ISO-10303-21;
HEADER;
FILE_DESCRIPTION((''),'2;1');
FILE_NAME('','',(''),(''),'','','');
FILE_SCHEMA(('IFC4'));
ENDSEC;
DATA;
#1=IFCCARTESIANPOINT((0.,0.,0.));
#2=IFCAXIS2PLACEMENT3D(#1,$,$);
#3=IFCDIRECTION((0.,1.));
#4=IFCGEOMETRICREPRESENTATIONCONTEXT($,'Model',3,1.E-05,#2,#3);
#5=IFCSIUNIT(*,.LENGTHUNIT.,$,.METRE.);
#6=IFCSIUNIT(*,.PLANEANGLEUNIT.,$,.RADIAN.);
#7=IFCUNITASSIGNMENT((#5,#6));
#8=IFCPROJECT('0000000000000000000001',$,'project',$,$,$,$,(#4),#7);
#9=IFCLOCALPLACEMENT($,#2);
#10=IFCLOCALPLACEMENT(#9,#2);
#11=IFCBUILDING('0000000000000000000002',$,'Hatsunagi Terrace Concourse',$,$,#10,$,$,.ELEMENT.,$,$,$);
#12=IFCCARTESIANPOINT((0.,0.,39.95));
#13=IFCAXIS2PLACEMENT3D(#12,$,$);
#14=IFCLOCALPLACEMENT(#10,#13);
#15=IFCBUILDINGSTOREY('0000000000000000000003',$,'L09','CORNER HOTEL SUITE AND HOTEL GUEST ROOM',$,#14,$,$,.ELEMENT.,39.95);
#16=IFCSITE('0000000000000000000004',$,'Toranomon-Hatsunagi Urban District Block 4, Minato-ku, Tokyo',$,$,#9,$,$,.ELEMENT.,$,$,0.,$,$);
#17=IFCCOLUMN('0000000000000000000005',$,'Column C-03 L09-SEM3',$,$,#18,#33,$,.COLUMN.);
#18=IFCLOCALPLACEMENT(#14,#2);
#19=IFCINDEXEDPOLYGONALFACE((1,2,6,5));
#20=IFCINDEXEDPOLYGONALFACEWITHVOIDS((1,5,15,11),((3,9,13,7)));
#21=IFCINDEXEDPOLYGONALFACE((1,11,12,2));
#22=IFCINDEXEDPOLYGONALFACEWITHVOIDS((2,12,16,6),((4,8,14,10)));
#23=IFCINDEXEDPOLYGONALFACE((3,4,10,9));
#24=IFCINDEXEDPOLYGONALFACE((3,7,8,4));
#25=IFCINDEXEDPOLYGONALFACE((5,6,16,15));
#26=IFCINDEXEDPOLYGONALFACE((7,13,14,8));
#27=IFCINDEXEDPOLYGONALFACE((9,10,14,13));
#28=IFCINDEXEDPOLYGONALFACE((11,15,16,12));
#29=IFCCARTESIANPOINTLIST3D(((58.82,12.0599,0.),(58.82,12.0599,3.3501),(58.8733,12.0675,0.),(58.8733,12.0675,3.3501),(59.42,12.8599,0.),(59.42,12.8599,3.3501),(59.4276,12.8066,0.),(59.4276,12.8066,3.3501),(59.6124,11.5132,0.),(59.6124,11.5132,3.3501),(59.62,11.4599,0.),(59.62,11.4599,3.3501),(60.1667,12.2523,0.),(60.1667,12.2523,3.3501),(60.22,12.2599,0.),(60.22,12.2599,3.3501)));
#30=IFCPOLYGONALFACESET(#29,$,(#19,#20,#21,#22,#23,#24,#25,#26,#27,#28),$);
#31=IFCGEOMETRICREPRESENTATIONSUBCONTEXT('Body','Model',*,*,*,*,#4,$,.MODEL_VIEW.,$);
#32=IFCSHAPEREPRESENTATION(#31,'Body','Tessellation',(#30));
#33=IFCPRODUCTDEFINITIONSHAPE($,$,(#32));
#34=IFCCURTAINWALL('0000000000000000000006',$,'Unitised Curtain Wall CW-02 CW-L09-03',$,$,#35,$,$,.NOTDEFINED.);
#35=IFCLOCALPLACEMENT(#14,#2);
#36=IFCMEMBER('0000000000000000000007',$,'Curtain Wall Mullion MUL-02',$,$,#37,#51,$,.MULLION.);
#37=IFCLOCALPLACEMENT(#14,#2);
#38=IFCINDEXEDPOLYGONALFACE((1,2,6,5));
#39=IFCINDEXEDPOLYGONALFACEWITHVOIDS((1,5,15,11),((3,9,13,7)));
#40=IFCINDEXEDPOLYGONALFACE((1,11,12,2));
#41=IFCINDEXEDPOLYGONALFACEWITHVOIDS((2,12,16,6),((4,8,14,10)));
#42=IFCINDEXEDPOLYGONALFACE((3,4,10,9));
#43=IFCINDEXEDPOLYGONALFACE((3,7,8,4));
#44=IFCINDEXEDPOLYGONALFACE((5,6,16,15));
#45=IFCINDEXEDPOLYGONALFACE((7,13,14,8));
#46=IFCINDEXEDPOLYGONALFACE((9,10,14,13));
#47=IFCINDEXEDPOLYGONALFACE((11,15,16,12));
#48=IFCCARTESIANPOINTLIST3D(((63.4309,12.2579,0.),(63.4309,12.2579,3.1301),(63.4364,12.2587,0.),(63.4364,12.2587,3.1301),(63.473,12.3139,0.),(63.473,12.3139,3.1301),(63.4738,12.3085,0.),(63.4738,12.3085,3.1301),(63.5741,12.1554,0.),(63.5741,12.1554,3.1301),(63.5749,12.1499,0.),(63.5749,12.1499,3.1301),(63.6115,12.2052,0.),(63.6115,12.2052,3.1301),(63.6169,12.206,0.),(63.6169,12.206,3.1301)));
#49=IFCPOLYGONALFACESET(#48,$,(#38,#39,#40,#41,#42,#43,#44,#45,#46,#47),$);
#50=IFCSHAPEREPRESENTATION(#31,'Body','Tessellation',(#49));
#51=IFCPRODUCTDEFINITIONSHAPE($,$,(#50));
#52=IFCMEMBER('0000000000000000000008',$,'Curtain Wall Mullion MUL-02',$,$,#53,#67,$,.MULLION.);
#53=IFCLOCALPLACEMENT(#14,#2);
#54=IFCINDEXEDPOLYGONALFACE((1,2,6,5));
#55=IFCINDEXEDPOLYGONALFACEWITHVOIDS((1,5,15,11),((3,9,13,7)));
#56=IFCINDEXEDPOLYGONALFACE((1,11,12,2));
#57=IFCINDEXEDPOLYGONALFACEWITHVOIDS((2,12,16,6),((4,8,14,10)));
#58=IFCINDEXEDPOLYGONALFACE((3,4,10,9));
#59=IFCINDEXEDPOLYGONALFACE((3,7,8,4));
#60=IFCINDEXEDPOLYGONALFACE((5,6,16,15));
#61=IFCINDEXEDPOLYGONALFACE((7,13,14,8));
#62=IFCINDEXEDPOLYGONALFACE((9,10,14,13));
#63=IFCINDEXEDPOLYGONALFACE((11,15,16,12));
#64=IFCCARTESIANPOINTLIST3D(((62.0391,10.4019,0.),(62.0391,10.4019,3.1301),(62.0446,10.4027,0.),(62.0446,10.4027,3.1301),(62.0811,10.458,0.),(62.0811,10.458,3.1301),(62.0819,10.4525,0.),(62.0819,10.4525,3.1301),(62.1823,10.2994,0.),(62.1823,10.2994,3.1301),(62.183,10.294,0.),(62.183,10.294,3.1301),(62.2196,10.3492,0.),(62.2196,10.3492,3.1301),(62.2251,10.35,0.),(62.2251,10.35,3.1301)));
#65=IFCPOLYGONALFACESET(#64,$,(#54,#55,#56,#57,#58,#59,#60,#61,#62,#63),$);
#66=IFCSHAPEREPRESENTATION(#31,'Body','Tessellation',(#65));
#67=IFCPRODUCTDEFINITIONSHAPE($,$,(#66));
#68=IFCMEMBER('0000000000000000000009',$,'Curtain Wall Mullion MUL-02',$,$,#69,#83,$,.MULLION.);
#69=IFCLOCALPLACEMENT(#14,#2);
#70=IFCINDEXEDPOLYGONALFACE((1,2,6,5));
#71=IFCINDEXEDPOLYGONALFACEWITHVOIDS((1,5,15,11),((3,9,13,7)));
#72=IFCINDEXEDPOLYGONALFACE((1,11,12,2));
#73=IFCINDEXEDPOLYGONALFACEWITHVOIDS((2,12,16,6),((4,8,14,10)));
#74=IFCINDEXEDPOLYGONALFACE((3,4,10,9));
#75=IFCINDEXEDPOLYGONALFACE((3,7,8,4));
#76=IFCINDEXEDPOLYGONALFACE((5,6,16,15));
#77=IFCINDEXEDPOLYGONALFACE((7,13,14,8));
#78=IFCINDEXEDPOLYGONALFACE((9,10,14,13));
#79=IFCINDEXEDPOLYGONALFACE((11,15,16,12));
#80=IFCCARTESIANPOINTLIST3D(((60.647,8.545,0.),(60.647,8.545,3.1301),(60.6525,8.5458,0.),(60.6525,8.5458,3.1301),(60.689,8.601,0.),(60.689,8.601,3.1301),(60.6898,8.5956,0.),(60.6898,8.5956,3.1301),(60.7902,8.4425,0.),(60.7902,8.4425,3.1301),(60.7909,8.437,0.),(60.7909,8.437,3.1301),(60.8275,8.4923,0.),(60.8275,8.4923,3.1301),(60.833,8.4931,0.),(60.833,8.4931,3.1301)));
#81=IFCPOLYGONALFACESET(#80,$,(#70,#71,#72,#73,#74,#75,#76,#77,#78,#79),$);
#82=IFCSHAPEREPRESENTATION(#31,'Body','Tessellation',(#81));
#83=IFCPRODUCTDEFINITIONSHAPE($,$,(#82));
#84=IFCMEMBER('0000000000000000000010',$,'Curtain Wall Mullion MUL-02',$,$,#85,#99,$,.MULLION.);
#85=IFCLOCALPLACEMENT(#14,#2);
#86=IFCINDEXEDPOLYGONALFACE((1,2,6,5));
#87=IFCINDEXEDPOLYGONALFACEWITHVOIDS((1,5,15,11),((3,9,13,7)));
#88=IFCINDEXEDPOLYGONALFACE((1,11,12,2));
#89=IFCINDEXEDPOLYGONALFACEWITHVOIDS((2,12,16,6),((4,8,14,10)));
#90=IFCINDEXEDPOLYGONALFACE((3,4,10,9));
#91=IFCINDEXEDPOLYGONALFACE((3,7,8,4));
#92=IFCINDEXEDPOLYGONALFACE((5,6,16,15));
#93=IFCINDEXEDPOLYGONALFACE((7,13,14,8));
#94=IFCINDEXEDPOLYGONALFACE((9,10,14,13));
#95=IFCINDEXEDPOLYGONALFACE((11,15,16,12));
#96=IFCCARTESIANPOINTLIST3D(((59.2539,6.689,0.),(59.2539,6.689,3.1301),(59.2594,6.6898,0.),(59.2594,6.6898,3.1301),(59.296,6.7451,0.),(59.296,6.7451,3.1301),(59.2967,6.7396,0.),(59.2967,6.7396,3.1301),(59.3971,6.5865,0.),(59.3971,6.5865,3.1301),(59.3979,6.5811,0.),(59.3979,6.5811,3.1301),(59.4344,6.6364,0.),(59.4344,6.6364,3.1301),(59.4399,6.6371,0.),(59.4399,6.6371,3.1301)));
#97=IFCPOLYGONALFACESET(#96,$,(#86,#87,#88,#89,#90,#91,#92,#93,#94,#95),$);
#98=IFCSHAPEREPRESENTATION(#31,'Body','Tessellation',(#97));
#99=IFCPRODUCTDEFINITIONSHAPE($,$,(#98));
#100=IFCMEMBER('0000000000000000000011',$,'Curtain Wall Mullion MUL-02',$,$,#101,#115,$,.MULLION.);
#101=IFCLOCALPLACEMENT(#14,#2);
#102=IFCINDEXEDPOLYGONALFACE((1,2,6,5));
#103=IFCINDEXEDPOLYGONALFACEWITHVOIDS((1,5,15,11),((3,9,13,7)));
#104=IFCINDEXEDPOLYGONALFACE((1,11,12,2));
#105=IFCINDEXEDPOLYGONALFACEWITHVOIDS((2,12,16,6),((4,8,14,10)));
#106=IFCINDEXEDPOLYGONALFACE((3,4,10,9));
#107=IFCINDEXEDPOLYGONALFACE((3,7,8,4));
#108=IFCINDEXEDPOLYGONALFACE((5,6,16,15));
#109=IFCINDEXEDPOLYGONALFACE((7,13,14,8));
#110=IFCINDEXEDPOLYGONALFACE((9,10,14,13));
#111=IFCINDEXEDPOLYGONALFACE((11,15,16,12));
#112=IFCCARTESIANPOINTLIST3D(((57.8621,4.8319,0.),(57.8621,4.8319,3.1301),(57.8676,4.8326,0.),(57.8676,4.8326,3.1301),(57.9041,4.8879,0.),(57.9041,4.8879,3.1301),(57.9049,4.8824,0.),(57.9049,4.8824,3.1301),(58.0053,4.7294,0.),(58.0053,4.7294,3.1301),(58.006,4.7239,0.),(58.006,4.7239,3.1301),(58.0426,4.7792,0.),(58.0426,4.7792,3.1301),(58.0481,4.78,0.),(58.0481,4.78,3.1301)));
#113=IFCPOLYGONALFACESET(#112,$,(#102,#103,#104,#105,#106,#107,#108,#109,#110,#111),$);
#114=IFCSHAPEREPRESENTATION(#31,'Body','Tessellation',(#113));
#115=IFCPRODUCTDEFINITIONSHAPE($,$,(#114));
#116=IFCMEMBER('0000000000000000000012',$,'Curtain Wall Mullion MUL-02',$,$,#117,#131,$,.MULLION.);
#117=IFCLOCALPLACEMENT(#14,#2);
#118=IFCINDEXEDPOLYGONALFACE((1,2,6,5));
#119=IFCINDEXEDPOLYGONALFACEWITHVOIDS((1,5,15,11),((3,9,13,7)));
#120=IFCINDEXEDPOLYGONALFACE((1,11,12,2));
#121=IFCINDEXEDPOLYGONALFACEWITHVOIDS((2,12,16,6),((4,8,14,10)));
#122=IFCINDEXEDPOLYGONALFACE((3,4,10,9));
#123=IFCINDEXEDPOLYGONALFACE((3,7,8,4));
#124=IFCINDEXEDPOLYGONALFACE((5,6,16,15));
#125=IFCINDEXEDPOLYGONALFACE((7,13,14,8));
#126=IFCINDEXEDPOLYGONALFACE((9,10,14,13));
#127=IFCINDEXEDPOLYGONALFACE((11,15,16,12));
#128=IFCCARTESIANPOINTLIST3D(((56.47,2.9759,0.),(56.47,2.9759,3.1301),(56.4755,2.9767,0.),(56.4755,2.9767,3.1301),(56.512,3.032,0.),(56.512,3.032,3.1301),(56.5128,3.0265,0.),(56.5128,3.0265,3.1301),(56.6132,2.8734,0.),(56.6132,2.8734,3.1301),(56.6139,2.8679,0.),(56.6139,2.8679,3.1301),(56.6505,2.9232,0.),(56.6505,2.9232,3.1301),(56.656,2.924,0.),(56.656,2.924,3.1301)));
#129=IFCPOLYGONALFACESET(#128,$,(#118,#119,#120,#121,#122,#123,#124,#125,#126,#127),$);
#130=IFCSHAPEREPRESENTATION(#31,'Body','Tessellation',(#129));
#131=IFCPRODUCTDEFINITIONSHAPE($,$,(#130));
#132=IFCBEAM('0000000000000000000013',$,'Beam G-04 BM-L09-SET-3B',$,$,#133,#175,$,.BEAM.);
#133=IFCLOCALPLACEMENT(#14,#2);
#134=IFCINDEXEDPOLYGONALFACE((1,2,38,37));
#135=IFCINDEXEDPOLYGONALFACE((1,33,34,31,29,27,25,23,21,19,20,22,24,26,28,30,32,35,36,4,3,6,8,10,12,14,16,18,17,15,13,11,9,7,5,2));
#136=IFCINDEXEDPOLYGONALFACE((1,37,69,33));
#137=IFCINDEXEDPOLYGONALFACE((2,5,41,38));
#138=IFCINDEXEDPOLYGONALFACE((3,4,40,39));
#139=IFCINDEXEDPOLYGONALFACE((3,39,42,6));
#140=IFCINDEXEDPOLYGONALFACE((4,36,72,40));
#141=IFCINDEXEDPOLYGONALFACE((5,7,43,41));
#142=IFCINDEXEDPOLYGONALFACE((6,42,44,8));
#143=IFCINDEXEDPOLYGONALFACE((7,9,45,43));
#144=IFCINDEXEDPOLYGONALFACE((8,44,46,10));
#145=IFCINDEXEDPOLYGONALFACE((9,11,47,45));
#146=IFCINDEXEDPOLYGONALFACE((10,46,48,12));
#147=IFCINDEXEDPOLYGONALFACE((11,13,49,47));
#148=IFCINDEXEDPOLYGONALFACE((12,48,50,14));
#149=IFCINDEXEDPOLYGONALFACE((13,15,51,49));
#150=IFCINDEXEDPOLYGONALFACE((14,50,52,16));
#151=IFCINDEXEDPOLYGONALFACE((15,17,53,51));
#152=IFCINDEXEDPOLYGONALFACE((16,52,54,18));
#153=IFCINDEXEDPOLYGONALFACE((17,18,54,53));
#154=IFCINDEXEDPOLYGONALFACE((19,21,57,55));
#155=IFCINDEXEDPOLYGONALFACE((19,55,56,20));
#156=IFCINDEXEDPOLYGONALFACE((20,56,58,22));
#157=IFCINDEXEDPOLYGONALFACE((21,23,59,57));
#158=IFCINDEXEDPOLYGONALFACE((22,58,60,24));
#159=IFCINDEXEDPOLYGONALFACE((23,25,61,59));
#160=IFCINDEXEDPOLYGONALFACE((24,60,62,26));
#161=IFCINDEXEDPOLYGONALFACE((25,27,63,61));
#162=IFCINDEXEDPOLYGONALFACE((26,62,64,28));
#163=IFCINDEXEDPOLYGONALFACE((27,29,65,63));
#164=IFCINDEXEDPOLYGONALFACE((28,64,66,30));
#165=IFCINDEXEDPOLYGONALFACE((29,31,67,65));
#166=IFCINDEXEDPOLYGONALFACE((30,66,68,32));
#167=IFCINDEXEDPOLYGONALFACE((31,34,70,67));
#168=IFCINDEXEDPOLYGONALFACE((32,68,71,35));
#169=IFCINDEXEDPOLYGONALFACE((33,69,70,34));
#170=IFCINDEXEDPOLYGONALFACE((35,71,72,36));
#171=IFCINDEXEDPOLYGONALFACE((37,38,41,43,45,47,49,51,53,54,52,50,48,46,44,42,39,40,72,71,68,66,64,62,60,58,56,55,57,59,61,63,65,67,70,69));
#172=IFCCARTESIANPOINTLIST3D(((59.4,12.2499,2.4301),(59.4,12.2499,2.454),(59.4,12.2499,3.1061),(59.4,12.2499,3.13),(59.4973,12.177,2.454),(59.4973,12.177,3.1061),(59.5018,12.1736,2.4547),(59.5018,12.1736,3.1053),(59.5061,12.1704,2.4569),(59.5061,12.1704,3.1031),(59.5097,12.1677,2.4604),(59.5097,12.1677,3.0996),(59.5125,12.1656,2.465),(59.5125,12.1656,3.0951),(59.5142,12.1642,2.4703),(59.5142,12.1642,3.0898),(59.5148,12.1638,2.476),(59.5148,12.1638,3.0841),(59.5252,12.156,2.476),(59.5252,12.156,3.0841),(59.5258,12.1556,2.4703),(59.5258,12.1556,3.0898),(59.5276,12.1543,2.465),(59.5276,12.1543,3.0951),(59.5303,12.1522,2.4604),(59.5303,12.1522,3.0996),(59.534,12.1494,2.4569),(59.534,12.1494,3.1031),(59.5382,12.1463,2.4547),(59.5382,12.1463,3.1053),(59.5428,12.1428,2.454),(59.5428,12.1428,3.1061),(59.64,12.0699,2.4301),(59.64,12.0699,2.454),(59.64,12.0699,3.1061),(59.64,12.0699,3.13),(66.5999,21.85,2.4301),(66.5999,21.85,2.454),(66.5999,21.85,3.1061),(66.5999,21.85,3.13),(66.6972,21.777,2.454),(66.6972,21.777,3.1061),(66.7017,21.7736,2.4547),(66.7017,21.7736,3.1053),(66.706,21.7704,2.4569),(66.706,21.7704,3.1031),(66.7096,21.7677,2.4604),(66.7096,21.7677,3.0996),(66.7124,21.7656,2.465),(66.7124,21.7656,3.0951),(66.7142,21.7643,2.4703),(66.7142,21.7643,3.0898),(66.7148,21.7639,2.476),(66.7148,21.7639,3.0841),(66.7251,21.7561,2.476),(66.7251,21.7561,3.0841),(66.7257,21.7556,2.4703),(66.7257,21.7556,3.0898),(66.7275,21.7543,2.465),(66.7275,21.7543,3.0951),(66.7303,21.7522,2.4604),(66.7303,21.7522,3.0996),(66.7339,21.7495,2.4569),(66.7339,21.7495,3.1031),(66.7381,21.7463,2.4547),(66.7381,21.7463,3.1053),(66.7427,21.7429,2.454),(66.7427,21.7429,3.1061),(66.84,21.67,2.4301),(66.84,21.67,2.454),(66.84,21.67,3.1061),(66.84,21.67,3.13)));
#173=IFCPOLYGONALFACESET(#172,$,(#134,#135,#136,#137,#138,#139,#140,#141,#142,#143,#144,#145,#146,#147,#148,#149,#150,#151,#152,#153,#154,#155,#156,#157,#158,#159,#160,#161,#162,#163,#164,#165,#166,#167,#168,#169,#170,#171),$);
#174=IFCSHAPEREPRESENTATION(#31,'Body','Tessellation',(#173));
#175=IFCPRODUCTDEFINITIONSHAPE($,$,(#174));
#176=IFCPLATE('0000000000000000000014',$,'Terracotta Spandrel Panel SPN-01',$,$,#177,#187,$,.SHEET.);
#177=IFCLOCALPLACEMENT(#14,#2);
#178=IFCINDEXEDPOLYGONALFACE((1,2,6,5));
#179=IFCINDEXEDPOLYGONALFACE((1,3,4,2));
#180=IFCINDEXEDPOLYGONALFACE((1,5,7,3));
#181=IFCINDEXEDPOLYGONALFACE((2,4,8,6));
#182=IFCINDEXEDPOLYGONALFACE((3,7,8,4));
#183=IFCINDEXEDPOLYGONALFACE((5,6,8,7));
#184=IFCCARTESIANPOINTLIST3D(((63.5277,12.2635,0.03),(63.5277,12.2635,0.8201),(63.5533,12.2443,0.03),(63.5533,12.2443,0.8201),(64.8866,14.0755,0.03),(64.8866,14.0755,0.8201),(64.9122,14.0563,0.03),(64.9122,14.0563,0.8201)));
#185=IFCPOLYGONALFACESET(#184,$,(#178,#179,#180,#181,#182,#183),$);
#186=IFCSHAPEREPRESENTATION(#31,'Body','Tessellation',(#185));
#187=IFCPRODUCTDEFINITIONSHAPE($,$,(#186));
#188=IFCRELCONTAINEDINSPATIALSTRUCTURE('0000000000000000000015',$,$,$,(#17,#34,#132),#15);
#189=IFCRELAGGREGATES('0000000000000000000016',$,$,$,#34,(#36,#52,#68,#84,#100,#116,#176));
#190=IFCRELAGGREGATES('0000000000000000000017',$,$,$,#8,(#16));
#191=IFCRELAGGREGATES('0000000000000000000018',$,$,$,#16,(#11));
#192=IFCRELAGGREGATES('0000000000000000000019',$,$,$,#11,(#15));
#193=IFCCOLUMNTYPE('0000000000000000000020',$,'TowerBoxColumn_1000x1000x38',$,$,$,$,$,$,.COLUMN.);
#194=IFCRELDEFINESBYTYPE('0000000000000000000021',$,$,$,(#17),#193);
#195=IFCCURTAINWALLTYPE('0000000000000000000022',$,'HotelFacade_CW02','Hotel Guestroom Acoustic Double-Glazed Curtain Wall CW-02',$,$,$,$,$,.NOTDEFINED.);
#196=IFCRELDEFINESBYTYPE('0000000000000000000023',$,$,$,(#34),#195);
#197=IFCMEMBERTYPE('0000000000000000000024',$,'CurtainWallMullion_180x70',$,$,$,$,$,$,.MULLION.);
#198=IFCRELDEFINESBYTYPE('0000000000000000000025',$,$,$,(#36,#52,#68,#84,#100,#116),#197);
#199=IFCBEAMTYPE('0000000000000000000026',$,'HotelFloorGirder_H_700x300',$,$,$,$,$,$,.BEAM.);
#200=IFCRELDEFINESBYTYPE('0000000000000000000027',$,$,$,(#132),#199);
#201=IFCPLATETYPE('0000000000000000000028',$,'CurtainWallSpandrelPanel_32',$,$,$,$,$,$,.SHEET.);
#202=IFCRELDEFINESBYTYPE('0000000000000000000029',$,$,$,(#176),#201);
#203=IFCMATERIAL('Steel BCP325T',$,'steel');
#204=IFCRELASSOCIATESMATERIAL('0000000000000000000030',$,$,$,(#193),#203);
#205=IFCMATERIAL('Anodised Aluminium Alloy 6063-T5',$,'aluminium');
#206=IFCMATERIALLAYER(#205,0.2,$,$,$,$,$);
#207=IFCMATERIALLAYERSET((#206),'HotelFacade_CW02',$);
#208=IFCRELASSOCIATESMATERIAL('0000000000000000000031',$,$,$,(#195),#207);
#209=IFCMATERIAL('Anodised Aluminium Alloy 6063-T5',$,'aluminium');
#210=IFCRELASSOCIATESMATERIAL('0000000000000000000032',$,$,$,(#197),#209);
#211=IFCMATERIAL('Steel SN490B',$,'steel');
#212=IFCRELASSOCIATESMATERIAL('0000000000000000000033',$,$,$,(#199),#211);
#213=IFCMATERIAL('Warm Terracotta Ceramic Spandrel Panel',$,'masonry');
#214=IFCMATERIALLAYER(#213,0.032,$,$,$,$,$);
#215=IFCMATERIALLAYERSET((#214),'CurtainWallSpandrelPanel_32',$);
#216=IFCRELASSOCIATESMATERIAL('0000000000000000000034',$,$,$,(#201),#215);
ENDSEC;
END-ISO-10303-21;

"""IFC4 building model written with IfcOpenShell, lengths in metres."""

from ifc_helpers import new_model, si_unit, direction, frame, origin, origin_2d, place, context, subcontext, project, spatial, rectangle, hollow_rectangle, i_section, extrude, material, layer, layer_set, material_profile, profile_set, type_object, element, aggregate, save


model = new_model("IFC4")

# Units and contexts
model_context = context("Model", 3, precision=1e-05, world=origin(), true_north=direction((0.0, 1.0)))
body_context = subcontext(model_context, "Body", "Model", "MODEL_VIEW")
ifc_project = project(units=[si_unit("LENGTHUNIT", "METRE"), si_unit("PLANEANGLEUNIT", "RADIAN")], contexts=[model_context])

# Site, building, storey
site_placement = place(None, origin())
site = spatial("IfcSite", under=ifc_project, at=site_placement, Name="Toranomon-Hatsunagi Urban District Block 4, Minato-ku, Tokyo", CompositionType="ELEMENT", RefElevation=0.0)
building_placement = place(site_placement, origin())
building = spatial("IfcBuilding", under=site, at=building_placement, Name="Hatsunagi Terrace Concourse", CompositionType="ELEMENT")
storey_placement = place(building_placement, frame((0.0, 0.0, 39.95)))
storey = spatial("IfcBuildingStorey", under=building, at=storey_placement, Name="L09", Description="CORNER HOTEL SUITE AND HOTEL GUEST ROOM", CompositionType="ELEMENT", Elevation=39.95)

# Column
ifc_material_1 = material(Name="Steel BCP325T", Category="steel")
ifc_material_profile_1 = material_profile(ifc_material_1, hollow_rectangle(XDim=1.0, YDim=1.0, WallThickness=0.0381, at=origin_2d()), Name="BCP-1000x1000x38")
ifc_profile_set_1 = profile_set([ifc_material_profile_1], Name="Steel BCP325T")
column_type = type_object("IfcColumnType", Name="TowerBoxColumn_1000x1000x38", PredefinedType="COLUMN", material=ifc_profile_set_1)
column_placement = place(storey_placement, frame((59.52, 12.1599, 0.0), z_axis=(0.0, 0.0, 1.0), x_axis=(0.8, -0.6, 0.0)))
element("IfcColumn", 1, at=column_placement, inside=storey, type_object=column_type, Name="Column C-03 L09-SEM3", PredefinedType="COLUMN", context=body_context, shape_type="SweptSolid", body=[
    extrude(hollow_rectangle(XDim=1.0, YDim=1.0, WallThickness=0.0381, at=origin_2d()), origin(), (0.0, 0.0, 1.0), 3.3501),
])

# Curtain wall, members
ifc_material_2 = material(Name="Anodised Aluminium Alloy 6063-T5", Category="aluminium")
ifc_layer_1 = layer(ifc_material_2, 0.2)
ifc_layer_set_1 = layer_set([ifc_layer_1], Name="HotelFacade_CW02")
curtain_wall_type = type_object("IfcCurtainWallType", Name="HotelFacade_CW02", Description="Hotel Guestroom Acoustic Double-Glazed Curtain Wall CW-02", PredefinedType="NOTDEFINED", material=ifc_layer_set_1)
curtain_wall_placement = place(storey_placement, origin())
curtain_wall = element("IfcCurtainWall", 2, at=curtain_wall_placement, inside=storey, type_object=curtain_wall_type, Name="Unitised Curtain Wall CW-02 CW-L09-03", PredefinedType="NOTDEFINED")
ifc_material_3 = material(Name="Anodised Aluminium Alloy 6063-T5", Category="aluminium")
ifc_material_profile_2 = material_profile(ifc_material_3, hollow_rectangle(XDim=0.0701, YDim=0.1799, WallThickness=0.0039, at=origin_2d()), Name="ALU-MUL-180x70x4")
ifc_profile_set_2 = profile_set([ifc_material_profile_2], Name="Anodised Aluminium Alloy 6063-T5")
member_type = type_object("IfcMemberType", Name="CurtainWallMullion_180x70", PredefinedType="MULLION", material=ifc_profile_set_2)
member_1_placement = place(storey_placement, frame((63.5239, 12.2319, 0.0), z_axis=(0.0, 0.0, 1.0), x_axis=(-0.599969, -0.800023, 0.0)))
member_1 = element("IfcMember", 3, at=member_1_placement, type_object=member_type, Name="Curtain Wall Mullion MUL-02", PredefinedType="MULLION", context=body_context, shape_type="SweptSolid", body=[
    extrude(hollow_rectangle(XDim=0.0701, YDim=0.1799, WallThickness=0.0039, at=origin_2d()), origin(), (0.0, 0.0, 1.0), 3.1301),
])
member_2_placement = place(storey_placement, frame((62.1321, 10.376, 0.0), z_axis=(0.0, 0.0, 1.0), x_axis=(-0.599969, -0.800023, 0.0)))
member_2 = element("IfcMember", 4, at=member_2_placement, type_object=member_type, Name="Curtain Wall Mullion MUL-02", PredefinedType="MULLION", context=body_context, shape_type="SweptSolid", body=[
    extrude(hollow_rectangle(XDim=0.0701, YDim=0.1799, WallThickness=0.0039, at=origin_2d()), origin(), (0.0, 0.0, 1.0), 3.1301),
])
member_3_placement = place(storey_placement, frame((60.74, 8.519, 0.0), z_axis=(0.0, 0.0, 1.0), x_axis=(-0.599969, -0.800023, 0.0)))
member_3 = element("IfcMember", 5, at=member_3_placement, type_object=member_type, Name="Curtain Wall Mullion MUL-02", PredefinedType="MULLION", context=body_context, shape_type="SweptSolid", body=[
    extrude(hollow_rectangle(XDim=0.0701, YDim=0.1799, WallThickness=0.0039, at=origin_2d()), origin(), (0.0, 0.0, 1.0), 3.1301),
])
member_4_placement = place(storey_placement, frame((59.3469, 6.6631, 0.0), z_axis=(0.0, 0.0, 1.0), x_axis=(-0.599969, -0.800023, 0.0)))
member_4 = element("IfcMember", 6, at=member_4_placement, type_object=member_type, Name="Curtain Wall Mullion MUL-02", PredefinedType="MULLION", context=body_context, shape_type="SweptSolid", body=[
    extrude(hollow_rectangle(XDim=0.0701, YDim=0.1799, WallThickness=0.0039, at=origin_2d()), origin(), (0.0, 0.0, 1.0), 3.1301),
])
member_5_placement = place(storey_placement, frame((57.9551, 4.8059, 0.0), z_axis=(0.0, 0.0, 1.0), x_axis=(-0.599969, -0.800023, 0.0)))
member_5 = element("IfcMember", 7, at=member_5_placement, type_object=member_type, Name="Curtain Wall Mullion MUL-02", PredefinedType="MULLION", context=body_context, shape_type="SweptSolid", body=[
    extrude(hollow_rectangle(XDim=0.0701, YDim=0.1799, WallThickness=0.0039, at=origin_2d()), origin(), (0.0, 0.0, 1.0), 3.1301),
])
member_6_placement = place(storey_placement, frame((56.563, 2.95, 0.0), z_axis=(0.0, 0.0, 1.0), x_axis=(-0.599969, -0.800023, 0.0)))
member_6 = element("IfcMember", 8, at=member_6_placement, type_object=member_type, Name="Curtain Wall Mullion MUL-02", PredefinedType="MULLION", context=body_context, shape_type="SweptSolid", body=[
    extrude(hollow_rectangle(XDim=0.0701, YDim=0.1799, WallThickness=0.0039, at=origin_2d()), origin(), (0.0, 0.0, 1.0), 3.1301),
])

# Beam
ifc_material_4 = material(Name="Steel SN490B", Category="steel")
ifc_material_profile_3 = material_profile(ifc_material_4, i_section(OverallWidth=0.3, OverallDepth=0.7, WebThickness=0.0129, FlangeThickness=0.0239, FilletRadius=0.022, at=origin_2d()), Name="H-700x300x13x24")
ifc_profile_set_3 = profile_set([ifc_material_profile_3], Name="Steel SN490B")
beam_type = type_object("IfcBeamType", Name="HotelFloorGirder_H_700x300", PredefinedType="BEAM", material=ifc_profile_set_3)
beam_placement = place(storey_placement, frame((59.52, 12.1599, 2.78), z_axis=(0.599993, 0.800005, 0.0), x_axis=(-0.800005, 0.599993, 0.0)))
element("IfcBeam", 9, at=beam_placement, inside=storey, type_object=beam_type, Name="Beam G-04 BM-L09-SET-3B", PredefinedType="BEAM", context=body_context, shape_type="SweptSolid", body=[
    extrude(i_section(OverallWidth=0.3, OverallDepth=0.7, WebThickness=0.0129, FlangeThickness=0.0239, FilletRadius=0.022, at=origin_2d()), origin(), (0.0, 0.0, 1.0), 12.0),
])

# Plate
ifc_material_5 = material(Name="Warm Terracotta Ceramic Spandrel Panel", Category="masonry")
ifc_layer_2 = layer(ifc_material_5, 0.032)
ifc_layer_set_2 = layer_set([ifc_layer_2], Name="CurtainWallSpandrelPanel_32")
plate_type_1 = type_object("IfcPlateType", Name="CurtainWallSpandrelPanel_32", PredefinedType="SHEET", material=ifc_layer_set_2)
plate_1_placement = place(storey_placement, frame((64.22, 13.1599, 0.03), z_axis=(0.0, 0.0, 1.0), x_axis=(-0.599969, -0.800023, 0.0)))
plate_1 = element("IfcPlate", 10, at=plate_1_placement, type_object=plate_type_1, Name="Terracotta Spandrel Panel SPN-01", PredefinedType="SHEET", context=body_context, shape_type="SweptSolid", body=[
    extrude(rectangle(XDim=2.2649, YDim=0.032, at=origin_2d()), origin(), (0.0, 0.0, 1.0), 0.79),
])
aggregate(curtain_wall, [member_1, member_2, member_3, member_4, member_5, member_6, plate_1])

save(model, "model.ifc")
